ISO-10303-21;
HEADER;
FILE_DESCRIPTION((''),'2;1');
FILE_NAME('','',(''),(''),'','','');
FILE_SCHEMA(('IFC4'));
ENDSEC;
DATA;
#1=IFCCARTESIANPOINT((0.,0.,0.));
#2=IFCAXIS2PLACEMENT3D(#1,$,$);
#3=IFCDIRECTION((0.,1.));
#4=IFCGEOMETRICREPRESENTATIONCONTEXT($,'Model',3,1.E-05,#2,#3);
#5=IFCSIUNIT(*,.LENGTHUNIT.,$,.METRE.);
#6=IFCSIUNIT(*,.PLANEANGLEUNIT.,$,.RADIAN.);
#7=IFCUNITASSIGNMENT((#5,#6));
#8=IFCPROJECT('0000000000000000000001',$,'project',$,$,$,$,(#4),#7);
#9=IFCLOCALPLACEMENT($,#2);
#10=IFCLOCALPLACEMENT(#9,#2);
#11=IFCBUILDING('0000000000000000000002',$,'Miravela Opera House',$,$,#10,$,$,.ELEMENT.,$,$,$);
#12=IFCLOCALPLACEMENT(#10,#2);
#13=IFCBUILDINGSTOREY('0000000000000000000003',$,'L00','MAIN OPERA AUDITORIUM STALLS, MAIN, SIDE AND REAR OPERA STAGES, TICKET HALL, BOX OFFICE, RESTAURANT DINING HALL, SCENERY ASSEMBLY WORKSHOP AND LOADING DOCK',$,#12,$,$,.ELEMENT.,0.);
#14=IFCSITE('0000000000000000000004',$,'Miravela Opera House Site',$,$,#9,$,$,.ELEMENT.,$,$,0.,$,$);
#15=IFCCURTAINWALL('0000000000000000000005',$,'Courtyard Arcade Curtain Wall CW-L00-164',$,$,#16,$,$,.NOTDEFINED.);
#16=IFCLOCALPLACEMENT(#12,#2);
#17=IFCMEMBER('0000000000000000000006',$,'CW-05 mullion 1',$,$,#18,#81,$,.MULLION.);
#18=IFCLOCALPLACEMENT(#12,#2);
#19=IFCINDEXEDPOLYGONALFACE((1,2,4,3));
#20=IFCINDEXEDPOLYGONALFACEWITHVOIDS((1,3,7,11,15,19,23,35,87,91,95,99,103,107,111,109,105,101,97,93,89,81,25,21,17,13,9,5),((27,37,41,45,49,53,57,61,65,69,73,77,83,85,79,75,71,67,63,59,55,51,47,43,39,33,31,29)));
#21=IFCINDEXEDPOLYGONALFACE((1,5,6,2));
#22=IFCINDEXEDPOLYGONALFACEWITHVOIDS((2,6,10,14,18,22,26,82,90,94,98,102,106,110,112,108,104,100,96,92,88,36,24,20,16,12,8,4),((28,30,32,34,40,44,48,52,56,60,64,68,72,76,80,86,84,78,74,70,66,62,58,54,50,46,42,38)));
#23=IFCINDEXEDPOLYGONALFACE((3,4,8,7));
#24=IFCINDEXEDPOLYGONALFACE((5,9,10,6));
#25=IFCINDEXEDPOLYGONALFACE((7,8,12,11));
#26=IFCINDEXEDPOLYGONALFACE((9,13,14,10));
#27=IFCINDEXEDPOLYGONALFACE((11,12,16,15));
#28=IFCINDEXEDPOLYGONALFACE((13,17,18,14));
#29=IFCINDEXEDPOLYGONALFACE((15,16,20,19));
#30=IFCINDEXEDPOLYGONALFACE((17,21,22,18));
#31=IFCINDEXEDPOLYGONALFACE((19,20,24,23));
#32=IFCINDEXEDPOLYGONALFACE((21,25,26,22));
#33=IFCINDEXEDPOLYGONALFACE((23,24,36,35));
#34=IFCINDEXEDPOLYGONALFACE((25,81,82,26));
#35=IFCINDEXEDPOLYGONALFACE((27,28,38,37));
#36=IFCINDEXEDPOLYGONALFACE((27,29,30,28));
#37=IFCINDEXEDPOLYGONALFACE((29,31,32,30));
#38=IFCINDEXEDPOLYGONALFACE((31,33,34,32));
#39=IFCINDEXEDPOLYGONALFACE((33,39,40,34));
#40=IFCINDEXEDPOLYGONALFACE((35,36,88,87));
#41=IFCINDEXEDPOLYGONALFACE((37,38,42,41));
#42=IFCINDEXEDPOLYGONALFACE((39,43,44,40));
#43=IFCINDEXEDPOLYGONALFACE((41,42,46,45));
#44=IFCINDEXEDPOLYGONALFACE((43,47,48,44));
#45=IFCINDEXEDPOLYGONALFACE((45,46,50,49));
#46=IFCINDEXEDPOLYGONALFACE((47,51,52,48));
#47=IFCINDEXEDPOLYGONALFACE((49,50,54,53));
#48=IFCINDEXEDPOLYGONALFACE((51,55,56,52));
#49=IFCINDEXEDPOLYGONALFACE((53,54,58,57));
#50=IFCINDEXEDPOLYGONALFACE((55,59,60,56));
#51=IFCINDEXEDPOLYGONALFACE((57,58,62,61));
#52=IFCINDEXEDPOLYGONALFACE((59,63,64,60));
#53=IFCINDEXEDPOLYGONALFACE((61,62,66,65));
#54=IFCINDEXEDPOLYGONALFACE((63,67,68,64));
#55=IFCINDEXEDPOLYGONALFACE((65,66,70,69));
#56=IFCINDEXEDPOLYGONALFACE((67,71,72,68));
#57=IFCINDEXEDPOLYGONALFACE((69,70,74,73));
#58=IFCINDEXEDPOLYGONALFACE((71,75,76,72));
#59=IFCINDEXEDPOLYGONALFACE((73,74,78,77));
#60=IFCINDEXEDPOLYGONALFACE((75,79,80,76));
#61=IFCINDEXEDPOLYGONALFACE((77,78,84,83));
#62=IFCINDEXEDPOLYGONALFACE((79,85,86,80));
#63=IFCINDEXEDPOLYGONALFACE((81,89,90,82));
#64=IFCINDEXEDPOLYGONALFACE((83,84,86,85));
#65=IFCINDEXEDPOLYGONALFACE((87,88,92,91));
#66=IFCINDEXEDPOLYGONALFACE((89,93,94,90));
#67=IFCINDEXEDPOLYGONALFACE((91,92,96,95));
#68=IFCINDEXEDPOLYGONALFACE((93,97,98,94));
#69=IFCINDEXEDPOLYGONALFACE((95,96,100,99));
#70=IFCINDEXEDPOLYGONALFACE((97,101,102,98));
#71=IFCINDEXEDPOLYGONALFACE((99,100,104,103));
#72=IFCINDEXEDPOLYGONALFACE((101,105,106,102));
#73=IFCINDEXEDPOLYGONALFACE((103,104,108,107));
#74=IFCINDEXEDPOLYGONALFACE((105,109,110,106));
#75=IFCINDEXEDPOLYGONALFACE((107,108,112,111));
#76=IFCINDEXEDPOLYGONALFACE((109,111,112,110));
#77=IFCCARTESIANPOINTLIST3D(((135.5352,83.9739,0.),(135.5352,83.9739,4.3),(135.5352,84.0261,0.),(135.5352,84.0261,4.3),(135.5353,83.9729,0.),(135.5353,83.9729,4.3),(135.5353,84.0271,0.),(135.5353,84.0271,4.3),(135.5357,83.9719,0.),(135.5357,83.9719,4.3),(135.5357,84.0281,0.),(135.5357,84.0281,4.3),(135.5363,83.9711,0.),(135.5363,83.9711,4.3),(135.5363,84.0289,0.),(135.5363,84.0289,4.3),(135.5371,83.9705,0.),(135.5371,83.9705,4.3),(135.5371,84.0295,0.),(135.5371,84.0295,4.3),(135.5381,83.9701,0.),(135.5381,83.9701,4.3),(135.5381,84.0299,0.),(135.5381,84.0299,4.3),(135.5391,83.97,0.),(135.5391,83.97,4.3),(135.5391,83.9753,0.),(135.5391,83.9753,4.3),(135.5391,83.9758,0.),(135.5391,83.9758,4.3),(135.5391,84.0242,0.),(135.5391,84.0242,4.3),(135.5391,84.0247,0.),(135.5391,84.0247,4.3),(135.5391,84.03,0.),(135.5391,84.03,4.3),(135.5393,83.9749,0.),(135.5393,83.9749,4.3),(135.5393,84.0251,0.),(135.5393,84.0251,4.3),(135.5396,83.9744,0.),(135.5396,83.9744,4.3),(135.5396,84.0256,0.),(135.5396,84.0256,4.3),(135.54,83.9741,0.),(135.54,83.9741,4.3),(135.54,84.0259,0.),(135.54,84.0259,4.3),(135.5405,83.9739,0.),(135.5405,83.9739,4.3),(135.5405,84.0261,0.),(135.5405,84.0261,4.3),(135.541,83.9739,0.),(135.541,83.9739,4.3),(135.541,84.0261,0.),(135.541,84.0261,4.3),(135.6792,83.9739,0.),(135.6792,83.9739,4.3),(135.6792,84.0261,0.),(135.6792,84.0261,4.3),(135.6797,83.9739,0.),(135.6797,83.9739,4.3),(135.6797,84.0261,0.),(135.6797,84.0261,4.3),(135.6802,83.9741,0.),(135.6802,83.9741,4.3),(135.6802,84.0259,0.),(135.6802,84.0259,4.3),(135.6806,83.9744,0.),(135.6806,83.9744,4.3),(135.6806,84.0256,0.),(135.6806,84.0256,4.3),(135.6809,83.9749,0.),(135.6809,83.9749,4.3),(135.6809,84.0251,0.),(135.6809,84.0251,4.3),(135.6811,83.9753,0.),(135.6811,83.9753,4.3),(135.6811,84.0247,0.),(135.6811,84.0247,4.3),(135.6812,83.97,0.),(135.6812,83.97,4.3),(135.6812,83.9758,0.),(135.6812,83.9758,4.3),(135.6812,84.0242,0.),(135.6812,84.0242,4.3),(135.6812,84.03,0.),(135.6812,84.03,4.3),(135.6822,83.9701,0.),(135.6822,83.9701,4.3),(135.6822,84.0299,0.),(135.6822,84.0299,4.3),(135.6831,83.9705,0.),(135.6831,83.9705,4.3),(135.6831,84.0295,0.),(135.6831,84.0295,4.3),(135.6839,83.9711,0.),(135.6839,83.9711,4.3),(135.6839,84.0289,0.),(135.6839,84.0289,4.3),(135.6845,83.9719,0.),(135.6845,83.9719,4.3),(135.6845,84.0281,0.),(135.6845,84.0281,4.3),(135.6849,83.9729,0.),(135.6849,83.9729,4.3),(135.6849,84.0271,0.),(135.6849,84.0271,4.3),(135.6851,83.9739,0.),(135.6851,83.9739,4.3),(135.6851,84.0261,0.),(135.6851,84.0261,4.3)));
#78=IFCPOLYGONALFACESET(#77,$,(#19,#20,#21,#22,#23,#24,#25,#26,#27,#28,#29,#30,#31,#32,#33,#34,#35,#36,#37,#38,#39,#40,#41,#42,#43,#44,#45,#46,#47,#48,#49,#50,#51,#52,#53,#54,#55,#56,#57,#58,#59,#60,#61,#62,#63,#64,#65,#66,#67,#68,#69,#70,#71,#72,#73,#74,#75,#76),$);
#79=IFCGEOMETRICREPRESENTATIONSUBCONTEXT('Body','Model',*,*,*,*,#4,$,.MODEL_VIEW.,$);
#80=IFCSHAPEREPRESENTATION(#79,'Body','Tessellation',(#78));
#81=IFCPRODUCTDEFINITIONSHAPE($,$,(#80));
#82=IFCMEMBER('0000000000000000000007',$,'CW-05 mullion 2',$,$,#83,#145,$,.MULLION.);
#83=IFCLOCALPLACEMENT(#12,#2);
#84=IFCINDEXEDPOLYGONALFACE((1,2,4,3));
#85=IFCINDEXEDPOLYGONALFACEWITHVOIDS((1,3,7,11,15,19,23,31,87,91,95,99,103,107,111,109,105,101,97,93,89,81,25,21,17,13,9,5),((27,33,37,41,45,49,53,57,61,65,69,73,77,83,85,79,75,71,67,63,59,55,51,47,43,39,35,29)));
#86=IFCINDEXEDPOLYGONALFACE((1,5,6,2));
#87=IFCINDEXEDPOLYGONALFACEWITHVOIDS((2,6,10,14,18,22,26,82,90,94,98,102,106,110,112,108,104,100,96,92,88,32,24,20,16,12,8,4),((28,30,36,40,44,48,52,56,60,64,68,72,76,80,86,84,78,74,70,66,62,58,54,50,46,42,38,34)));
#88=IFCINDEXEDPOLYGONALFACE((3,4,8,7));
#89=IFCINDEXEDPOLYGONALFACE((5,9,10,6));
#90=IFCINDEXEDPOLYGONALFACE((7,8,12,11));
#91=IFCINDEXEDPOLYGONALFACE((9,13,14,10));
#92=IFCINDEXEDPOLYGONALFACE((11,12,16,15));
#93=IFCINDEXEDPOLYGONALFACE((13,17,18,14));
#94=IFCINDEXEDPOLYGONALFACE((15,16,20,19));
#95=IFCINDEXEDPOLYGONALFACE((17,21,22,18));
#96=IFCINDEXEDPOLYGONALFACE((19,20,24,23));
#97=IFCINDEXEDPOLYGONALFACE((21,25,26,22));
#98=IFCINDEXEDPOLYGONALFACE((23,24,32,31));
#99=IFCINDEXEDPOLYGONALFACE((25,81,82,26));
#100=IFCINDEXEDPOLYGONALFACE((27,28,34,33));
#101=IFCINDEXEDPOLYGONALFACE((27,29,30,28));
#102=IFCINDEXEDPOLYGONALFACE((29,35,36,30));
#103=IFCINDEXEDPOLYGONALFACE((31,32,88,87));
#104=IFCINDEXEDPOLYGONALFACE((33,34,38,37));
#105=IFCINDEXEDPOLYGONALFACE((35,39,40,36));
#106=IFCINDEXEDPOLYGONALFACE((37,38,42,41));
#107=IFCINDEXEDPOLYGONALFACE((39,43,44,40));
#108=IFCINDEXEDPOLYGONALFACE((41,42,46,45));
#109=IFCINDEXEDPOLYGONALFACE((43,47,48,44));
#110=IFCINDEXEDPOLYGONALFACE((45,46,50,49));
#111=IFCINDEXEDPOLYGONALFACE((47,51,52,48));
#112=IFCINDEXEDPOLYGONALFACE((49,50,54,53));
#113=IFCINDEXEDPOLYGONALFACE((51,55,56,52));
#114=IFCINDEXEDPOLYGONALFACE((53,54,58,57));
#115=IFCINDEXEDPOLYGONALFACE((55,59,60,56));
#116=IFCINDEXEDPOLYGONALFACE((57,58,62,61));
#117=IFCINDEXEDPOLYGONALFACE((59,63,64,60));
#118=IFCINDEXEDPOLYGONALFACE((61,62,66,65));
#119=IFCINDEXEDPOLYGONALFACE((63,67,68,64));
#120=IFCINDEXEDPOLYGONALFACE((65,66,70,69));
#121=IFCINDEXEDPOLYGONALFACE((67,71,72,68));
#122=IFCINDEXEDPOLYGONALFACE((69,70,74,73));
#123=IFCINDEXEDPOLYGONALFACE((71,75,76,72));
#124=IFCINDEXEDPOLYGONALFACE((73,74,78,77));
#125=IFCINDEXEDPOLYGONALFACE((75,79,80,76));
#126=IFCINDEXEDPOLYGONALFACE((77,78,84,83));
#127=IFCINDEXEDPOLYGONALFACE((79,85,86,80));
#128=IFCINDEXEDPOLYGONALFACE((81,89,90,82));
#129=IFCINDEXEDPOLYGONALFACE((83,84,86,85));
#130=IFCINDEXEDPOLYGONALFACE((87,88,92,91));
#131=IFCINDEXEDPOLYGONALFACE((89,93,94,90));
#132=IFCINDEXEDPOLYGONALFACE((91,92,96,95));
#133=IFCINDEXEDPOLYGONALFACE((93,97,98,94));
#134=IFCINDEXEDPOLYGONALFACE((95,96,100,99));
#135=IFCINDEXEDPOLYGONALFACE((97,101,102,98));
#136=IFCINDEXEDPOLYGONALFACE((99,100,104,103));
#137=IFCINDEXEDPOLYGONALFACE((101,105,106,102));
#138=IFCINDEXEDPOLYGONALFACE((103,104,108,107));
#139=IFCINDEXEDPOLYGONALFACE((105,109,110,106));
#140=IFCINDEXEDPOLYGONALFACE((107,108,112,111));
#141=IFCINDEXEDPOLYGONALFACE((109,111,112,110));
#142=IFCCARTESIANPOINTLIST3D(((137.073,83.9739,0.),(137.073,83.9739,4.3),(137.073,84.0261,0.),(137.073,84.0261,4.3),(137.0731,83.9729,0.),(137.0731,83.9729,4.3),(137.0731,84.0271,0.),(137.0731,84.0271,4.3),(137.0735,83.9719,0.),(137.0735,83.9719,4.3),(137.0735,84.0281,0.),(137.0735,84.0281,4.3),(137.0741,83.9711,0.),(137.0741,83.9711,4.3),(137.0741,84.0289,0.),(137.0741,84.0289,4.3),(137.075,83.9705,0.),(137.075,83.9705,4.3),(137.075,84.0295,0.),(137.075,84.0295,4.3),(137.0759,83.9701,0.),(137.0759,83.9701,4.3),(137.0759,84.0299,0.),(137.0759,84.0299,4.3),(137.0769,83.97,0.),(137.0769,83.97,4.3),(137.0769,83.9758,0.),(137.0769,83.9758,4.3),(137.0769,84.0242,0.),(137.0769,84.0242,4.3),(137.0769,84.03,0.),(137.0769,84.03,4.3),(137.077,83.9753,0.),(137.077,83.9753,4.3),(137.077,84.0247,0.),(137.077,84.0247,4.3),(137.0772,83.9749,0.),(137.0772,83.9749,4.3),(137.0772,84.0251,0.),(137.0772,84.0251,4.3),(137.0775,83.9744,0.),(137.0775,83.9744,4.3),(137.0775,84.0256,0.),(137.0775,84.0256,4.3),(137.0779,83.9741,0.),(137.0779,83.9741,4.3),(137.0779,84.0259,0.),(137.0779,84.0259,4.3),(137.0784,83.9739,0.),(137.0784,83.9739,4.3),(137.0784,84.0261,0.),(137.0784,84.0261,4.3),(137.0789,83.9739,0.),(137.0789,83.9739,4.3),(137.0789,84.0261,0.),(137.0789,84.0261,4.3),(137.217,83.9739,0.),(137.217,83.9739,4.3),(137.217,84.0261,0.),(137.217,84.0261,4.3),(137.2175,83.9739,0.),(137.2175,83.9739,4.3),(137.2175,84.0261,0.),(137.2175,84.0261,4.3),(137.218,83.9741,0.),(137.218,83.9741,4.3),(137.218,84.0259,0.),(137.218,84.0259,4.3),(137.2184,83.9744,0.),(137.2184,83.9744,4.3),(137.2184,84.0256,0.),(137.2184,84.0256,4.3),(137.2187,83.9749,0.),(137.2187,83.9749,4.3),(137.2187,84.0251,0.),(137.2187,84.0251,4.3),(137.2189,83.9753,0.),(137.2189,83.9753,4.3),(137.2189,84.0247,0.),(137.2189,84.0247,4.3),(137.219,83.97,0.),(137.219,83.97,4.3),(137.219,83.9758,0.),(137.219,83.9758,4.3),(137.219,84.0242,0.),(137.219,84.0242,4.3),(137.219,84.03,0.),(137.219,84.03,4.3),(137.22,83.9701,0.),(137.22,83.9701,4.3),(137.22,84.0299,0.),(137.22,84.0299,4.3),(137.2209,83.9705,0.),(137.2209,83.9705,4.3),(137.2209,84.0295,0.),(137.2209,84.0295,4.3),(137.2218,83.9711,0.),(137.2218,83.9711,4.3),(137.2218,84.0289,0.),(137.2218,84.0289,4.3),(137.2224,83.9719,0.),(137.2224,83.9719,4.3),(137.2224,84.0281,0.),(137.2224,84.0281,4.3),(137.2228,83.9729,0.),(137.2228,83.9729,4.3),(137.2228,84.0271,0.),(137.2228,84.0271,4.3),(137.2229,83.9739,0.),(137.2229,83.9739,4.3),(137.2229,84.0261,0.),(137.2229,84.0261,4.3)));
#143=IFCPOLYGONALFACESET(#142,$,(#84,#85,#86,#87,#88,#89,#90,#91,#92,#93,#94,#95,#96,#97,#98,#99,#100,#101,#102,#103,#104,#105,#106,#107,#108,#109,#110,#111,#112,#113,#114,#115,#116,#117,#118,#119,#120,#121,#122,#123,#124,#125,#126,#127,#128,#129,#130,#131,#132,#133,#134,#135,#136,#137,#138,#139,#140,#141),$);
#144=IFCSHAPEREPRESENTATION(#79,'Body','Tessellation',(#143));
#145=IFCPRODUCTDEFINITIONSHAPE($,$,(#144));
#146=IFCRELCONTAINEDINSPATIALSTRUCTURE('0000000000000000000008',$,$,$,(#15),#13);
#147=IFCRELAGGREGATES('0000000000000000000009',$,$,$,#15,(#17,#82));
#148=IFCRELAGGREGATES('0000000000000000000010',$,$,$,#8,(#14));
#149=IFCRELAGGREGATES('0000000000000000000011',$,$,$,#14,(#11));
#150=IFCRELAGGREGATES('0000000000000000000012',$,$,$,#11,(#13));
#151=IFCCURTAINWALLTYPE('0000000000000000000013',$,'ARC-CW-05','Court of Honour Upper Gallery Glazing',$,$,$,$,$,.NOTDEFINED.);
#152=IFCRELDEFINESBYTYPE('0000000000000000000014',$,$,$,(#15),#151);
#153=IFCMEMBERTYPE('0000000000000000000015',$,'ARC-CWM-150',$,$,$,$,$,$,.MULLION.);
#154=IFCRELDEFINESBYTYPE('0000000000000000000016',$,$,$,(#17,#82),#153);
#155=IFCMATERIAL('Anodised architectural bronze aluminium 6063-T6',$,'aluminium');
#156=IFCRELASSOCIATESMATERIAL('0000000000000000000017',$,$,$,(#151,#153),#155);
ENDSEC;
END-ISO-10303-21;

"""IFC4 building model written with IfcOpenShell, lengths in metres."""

from ifc_helpers import new_model, si_unit, direction, frame, origin, origin_2d, place, context, subcontext, project, spatial, hollow_rectangle, extrude, material, material_profile, profile_set, type_object, element, aggregate, save


model = new_model("IFC4")

# Units and contexts
model_context = context("Model", 3, precision=1e-05, world=origin(), true_north=direction((0.0, 1.0)))
body_context = subcontext(model_context, "Body", "Model", "MODEL_VIEW")
ifc_project = project(units=[si_unit("LENGTHUNIT", "METRE"), si_unit("PLANEANGLEUNIT", "RADIAN")], contexts=[model_context])

# Site, building, storey
site_placement = place(None, origin())
site = spatial("IfcSite", under=ifc_project, at=site_placement, Name="Miravela Opera House Site", CompositionType="ELEMENT", RefElevation=0.0)
building_placement = place(site_placement, origin())
building = spatial("IfcBuilding", under=site, at=building_placement, Name="Miravela Opera House", CompositionType="ELEMENT")
storey_placement = place(building_placement, origin())
storey = spatial("IfcBuildingStorey", under=building, at=storey_placement, Name="L00", Description="MAIN OPERA AUDITORIUM STALLS, MAIN, SIDE AND REAR OPERA STAGES, TICKET HALL, BOX OFFICE, RESTAURANT DINING HALL, SCENERY ASSEMBLY WORKSHOP AND LOADING DOCK", CompositionType="ELEMENT", Elevation=0.0)

# Curtain wall, members
ifc_material_1 = material(Name="Anodised architectural bronze aluminium 6063-T6", Category="aluminium")
curtain_wall_type = type_object("IfcCurtainWallType", Name="ARC-CW-05", Description="Court of Honour Upper Gallery Glazing", PredefinedType="NOTDEFINED", material=ifc_material_1)
curtain_wall_placement = place(storey_placement, origin())
curtain_wall = element("IfcCurtainWall", 1, at=curtain_wall_placement, inside=storey, type_object=curtain_wall_type, Name="Courtyard Arcade Curtain Wall CW-L00-164", PredefinedType="NOTDEFINED")
ifc_material_profile_1 = material_profile(ifc_material_1, hollow_rectangle(XDim=0.0601, YDim=0.1499, WallThickness=0.0039, InnerFilletRadius=0.002, OuterFilletRadius=0.0039, at=origin_2d()), Name="CWM-60X150")
ifc_profile_set_1 = profile_set([ifc_material_profile_1])
member_type_1 = type_object("IfcMemberType", Name="ARC-CWM-150", PredefinedType="MULLION", material=ifc_profile_set_1)
member_1_placement = place(storey_placement, frame((135.6101, 84.0, 0.0), z_axis=(0.0, 0.0, 1.0), x_axis=(0.0, 1.0, 0.0)))
member_1 = element("IfcMember", 2, at=member_1_placement, type_object=member_type_1, Name="CW-05 mullion 1", PredefinedType="MULLION", context=body_context, shape_type="SweptSolid", body=[
    extrude(hollow_rectangle(XDim=0.0601, YDim=0.1499, WallThickness=0.0039, InnerFilletRadius=0.002, OuterFilletRadius=0.0039, at=origin_2d()), origin(), (0.0, 0.0, 1.0), 4.3),
])
member_2_placement = place(storey_placement, frame((137.1479, 84.0, 0.0), z_axis=(0.0, 0.0, 1.0), x_axis=(0.0, 1.0, 0.0)))
member_2 = element("IfcMember", 3, at=member_2_placement, type_object=member_type_1, Name="CW-05 mullion 2", PredefinedType="MULLION", context=body_context, shape_type="SweptSolid", body=[
    extrude(hollow_rectangle(XDim=0.0601, YDim=0.1499, WallThickness=0.0039, InnerFilletRadius=0.002, OuterFilletRadius=0.0039, at=origin_2d()), origin(), (0.0, 0.0, 1.0), 4.3),
])

aggregate(curtain_wall, [member_1, member_2])

save(model, "model.ifc")
